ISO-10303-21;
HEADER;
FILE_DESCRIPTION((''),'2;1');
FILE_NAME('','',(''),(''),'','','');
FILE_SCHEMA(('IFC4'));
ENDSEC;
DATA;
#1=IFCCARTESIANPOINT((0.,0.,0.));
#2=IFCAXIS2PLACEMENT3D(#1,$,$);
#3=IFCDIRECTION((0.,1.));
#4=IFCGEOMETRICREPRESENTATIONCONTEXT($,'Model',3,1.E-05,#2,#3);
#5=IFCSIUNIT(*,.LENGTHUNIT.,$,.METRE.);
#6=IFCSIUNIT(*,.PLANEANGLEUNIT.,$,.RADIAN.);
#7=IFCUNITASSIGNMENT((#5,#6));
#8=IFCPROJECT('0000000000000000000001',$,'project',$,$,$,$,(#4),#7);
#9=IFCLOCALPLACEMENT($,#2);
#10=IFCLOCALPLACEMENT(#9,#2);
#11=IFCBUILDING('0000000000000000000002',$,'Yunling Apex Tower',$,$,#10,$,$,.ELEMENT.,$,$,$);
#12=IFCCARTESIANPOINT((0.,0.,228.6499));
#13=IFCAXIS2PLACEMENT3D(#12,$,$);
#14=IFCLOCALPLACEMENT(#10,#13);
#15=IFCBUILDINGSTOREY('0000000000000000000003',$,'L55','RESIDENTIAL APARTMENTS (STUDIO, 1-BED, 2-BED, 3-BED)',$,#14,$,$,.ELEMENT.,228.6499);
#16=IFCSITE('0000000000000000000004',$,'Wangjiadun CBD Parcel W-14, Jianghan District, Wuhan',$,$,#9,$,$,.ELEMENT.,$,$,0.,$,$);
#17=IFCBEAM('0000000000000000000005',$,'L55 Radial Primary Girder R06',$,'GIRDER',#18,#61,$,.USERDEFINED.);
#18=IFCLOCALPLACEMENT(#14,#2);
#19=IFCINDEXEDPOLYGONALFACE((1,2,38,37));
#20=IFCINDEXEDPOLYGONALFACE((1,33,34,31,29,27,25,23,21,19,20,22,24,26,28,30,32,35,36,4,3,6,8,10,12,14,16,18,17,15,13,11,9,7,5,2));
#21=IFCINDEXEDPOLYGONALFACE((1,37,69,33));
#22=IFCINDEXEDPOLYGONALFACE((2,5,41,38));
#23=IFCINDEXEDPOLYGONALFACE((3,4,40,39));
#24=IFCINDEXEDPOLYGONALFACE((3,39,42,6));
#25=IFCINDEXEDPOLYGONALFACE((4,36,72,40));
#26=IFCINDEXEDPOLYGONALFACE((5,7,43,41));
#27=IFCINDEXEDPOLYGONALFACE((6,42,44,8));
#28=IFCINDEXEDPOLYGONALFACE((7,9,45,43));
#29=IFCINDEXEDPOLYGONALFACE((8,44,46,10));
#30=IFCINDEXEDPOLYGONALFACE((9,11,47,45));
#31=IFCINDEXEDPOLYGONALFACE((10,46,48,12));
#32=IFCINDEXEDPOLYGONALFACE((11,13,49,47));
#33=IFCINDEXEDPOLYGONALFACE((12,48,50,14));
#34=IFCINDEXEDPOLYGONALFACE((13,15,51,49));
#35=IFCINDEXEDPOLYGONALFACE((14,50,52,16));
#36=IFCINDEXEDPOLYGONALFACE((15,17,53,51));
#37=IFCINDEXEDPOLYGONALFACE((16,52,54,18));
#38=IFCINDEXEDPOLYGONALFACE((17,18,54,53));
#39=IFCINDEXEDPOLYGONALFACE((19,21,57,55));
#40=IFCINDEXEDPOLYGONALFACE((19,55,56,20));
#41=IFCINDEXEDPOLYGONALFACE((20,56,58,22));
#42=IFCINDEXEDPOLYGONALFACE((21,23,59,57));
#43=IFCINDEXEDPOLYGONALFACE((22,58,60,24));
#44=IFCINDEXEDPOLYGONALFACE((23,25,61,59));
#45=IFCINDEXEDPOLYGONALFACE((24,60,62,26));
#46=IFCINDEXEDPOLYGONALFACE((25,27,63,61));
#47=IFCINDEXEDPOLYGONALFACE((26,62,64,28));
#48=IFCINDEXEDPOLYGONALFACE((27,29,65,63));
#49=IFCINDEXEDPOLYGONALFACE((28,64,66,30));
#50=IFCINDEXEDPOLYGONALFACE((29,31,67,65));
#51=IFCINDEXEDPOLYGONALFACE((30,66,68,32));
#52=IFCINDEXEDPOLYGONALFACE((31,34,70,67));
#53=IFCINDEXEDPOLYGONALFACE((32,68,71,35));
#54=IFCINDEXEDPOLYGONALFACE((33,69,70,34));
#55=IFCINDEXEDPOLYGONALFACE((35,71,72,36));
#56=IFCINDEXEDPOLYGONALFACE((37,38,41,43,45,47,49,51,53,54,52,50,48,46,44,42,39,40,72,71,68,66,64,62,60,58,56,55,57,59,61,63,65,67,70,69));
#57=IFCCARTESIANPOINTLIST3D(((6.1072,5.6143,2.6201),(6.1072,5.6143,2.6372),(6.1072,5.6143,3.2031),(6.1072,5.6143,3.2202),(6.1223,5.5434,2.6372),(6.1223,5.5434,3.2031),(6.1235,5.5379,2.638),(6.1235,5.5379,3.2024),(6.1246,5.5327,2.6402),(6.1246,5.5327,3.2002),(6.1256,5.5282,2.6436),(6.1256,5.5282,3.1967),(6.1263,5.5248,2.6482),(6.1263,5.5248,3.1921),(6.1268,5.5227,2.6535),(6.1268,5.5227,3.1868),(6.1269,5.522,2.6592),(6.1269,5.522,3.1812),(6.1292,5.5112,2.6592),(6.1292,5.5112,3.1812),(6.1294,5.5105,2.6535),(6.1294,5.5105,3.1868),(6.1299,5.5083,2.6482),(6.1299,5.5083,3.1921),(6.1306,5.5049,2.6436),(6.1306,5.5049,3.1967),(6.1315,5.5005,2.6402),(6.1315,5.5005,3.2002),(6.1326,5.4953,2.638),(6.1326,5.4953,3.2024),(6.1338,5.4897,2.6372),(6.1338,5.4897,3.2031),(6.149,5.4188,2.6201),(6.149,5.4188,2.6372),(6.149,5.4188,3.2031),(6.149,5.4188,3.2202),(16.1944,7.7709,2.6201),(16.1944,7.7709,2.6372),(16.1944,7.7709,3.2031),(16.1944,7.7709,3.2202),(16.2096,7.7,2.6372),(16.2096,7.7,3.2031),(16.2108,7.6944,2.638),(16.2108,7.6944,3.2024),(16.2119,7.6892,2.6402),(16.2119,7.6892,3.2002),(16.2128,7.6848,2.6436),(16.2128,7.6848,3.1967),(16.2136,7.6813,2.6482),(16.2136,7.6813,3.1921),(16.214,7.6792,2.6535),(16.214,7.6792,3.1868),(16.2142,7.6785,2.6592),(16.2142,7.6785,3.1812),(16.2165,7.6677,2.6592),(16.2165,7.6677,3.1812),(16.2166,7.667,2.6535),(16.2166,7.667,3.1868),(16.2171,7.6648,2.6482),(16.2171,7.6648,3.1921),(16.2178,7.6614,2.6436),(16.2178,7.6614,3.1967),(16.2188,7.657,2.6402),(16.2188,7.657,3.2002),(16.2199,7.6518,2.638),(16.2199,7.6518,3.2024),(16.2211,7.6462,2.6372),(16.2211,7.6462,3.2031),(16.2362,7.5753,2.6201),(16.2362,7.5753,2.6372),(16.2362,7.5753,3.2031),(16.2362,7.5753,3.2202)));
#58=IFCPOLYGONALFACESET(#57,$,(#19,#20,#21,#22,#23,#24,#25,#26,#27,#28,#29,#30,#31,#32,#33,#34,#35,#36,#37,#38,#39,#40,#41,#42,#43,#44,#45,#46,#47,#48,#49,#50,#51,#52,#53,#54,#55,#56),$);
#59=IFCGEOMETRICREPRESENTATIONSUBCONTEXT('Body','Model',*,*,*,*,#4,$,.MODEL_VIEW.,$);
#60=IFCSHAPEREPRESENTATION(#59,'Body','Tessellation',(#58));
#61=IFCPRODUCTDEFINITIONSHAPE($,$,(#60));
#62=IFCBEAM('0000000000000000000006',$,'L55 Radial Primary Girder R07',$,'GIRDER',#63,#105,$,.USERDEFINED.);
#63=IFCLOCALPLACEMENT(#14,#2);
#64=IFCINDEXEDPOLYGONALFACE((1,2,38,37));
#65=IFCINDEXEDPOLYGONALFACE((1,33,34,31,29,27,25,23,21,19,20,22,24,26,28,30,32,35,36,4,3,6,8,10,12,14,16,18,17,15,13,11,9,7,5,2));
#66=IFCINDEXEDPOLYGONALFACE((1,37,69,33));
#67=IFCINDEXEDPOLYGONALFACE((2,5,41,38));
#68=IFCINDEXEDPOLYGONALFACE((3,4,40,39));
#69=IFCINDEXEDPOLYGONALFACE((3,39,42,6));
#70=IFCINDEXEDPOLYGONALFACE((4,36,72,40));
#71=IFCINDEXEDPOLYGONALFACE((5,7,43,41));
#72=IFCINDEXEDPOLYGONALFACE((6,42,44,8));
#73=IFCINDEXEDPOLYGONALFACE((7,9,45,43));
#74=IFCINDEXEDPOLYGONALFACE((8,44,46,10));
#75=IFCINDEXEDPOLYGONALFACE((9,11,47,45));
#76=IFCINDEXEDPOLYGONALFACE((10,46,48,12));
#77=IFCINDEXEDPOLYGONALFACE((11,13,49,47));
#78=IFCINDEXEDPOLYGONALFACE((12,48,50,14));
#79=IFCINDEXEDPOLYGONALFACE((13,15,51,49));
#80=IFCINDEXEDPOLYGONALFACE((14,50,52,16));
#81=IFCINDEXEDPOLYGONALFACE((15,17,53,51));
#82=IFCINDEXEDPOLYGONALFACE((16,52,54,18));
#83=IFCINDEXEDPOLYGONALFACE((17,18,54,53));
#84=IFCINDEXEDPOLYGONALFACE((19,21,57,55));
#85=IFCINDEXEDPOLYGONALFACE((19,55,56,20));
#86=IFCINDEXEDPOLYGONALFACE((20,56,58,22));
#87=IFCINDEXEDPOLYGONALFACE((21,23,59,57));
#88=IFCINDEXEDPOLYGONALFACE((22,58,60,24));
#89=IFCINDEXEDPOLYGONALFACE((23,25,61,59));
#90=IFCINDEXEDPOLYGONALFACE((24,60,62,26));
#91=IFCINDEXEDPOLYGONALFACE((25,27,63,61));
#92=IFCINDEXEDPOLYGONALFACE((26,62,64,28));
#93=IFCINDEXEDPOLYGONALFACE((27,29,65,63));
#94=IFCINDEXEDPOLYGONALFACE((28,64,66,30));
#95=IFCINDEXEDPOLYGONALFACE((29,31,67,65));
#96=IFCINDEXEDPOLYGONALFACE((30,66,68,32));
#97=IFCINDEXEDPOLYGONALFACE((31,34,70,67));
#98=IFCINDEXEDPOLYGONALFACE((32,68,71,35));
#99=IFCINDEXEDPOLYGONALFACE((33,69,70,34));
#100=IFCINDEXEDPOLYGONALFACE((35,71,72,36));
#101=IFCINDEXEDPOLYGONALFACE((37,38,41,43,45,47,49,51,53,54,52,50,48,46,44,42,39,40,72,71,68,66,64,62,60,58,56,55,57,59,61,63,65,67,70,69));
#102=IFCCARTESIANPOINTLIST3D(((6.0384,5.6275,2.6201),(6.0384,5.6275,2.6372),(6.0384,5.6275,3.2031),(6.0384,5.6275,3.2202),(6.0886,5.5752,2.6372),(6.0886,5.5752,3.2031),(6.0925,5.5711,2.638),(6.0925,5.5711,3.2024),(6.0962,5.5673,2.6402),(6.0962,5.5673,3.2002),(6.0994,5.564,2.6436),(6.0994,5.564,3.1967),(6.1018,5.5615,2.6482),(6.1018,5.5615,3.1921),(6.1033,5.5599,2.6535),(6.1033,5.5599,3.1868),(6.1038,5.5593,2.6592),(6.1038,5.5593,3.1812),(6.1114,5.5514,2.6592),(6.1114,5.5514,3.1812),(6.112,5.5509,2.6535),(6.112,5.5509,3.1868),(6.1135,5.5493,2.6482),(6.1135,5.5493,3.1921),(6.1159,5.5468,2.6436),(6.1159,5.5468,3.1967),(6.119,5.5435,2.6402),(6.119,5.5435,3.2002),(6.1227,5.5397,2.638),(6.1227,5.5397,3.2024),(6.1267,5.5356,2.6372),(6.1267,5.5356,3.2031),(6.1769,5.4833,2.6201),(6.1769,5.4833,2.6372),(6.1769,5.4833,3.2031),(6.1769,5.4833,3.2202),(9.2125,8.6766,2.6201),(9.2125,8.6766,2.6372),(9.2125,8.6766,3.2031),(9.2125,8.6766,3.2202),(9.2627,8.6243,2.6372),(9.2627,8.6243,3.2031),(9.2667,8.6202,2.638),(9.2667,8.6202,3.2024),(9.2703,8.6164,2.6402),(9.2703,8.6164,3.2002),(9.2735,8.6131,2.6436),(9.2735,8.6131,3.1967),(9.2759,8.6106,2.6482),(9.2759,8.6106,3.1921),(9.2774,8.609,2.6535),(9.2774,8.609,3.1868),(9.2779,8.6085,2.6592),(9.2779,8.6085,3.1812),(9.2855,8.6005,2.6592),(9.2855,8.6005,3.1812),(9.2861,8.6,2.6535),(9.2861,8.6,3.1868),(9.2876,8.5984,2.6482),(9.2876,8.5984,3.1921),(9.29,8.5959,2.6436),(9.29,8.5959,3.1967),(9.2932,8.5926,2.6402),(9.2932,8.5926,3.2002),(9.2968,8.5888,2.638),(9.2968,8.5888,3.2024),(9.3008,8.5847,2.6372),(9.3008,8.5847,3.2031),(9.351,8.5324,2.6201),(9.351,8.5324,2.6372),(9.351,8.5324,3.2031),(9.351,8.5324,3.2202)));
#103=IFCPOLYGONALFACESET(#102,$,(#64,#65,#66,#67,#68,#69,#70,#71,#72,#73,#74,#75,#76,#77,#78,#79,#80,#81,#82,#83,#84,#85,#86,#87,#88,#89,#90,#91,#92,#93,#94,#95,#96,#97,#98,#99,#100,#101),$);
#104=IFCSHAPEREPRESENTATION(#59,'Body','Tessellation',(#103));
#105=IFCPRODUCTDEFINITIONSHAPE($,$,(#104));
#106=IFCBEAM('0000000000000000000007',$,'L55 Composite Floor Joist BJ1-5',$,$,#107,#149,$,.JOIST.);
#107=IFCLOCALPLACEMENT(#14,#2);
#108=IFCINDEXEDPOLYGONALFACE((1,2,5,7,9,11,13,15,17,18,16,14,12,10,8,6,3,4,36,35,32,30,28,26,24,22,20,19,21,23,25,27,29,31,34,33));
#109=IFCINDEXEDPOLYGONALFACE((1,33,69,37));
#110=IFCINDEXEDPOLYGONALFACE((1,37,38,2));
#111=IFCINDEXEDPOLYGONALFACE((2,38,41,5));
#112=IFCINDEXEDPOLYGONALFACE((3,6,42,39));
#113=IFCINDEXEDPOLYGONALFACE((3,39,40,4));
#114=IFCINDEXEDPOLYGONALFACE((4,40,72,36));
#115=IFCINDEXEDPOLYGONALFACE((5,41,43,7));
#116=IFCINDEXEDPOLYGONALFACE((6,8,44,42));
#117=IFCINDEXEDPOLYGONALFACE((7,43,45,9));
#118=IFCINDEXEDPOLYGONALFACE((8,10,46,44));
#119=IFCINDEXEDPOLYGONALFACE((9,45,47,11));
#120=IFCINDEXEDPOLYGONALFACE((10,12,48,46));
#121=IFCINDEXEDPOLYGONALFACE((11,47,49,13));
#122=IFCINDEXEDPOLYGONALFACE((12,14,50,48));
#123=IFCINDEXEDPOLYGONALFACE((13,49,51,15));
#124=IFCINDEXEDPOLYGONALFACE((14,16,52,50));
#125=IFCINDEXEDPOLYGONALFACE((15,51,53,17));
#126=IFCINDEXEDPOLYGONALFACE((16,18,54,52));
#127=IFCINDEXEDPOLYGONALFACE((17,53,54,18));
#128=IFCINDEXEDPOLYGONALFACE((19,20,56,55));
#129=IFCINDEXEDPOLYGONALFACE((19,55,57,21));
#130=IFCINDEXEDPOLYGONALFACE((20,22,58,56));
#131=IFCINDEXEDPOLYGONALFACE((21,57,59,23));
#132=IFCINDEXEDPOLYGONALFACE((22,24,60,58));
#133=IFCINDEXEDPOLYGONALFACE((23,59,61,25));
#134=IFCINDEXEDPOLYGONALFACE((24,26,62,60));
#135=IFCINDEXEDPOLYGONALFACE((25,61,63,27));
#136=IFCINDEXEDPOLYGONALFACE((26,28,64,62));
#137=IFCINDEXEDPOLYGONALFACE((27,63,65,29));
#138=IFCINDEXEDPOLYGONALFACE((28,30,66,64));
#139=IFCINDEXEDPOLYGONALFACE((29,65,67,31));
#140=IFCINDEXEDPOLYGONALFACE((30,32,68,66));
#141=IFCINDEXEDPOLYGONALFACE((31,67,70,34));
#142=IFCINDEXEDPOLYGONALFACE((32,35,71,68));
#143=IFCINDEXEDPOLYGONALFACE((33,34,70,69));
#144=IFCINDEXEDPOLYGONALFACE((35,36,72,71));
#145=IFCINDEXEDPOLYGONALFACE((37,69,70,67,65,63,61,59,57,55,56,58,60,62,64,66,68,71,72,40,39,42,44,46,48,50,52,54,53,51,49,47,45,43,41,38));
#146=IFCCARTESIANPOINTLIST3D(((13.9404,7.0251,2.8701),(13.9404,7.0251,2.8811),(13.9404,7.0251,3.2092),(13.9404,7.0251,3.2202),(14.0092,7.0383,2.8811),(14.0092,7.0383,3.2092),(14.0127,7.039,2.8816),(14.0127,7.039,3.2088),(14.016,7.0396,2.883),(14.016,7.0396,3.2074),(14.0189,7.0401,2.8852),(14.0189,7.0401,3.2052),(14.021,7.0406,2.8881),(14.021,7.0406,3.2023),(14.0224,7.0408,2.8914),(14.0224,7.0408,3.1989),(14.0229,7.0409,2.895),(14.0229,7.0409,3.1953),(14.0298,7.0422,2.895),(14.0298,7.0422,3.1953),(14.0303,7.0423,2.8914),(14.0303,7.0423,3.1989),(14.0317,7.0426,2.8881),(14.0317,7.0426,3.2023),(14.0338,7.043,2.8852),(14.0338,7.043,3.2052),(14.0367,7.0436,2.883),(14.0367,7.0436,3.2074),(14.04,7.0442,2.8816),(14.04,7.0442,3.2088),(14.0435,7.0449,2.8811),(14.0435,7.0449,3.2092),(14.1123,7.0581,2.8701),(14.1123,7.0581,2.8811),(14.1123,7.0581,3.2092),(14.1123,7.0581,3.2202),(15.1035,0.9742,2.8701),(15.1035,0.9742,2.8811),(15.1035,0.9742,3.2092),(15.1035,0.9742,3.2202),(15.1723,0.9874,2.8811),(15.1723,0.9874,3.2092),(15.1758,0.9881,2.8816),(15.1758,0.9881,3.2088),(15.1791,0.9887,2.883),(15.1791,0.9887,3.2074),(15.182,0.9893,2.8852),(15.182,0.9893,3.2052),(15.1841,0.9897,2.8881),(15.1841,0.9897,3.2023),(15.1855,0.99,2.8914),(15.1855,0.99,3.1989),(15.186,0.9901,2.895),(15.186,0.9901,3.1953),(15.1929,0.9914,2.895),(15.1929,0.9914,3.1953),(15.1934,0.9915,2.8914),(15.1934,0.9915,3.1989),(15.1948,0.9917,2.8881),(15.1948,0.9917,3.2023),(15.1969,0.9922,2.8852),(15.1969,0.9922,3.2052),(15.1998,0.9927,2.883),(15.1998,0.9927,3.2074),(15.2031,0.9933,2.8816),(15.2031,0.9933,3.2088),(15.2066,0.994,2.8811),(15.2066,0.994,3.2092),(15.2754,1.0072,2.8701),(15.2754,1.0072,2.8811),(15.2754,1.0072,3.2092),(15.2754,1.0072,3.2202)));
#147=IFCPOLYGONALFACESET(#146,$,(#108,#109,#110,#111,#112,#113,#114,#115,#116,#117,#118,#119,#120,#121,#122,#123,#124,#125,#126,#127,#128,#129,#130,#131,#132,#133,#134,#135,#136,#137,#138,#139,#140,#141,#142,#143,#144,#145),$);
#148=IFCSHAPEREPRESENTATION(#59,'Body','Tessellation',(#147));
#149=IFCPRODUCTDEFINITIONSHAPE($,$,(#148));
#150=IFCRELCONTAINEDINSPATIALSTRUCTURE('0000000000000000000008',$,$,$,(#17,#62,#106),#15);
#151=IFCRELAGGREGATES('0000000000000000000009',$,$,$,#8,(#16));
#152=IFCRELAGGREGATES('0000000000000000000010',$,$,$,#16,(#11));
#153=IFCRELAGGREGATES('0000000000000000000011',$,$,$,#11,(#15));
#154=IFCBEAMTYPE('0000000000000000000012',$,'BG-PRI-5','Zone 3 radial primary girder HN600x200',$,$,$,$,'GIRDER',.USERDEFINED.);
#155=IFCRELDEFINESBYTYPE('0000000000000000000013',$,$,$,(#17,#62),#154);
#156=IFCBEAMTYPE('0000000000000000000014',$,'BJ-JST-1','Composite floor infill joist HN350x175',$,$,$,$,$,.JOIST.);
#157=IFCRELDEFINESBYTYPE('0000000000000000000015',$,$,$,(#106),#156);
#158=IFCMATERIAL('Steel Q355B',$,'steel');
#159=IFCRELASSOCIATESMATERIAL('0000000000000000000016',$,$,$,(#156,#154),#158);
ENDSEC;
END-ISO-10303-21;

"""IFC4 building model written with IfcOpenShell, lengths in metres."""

from ifc_helpers import new_model, si_unit, direction, frame, origin, origin_2d, place, context, subcontext, project, spatial, i_section, extrude, source, transform, mapped, material, material_profile, profile_set, type_object, element, save


model = new_model("IFC4")

# Units and contexts
model_context = context("Model", 3, precision=1e-05, world=origin(), true_north=direction((0.0, 1.0)))
body_context = subcontext(model_context, "Body", "Model", "MODEL_VIEW")
ifc_project = project(units=[si_unit("LENGTHUNIT", "METRE"), si_unit("PLANEANGLEUNIT", "RADIAN")], contexts=[model_context])

# Site, building, storey
site_placement = place(None, origin())
site = spatial("IfcSite", under=ifc_project, at=site_placement, Name="Wangjiadun CBD Parcel W-14, Jianghan District, Wuhan", CompositionType="ELEMENT", RefElevation=0.0)
building_placement = place(site_placement, origin())
building = spatial("IfcBuilding", under=site, at=building_placement, Name="Yunling Apex Tower", CompositionType="ELEMENT")
storey_placement = place(building_placement, frame((0.0, 0.0, 228.6499)))
storey = spatial("IfcBuildingStorey", under=building, at=storey_placement, Name="L55", Description="RESIDENTIAL APARTMENTS (STUDIO, 1-BED, 2-BED, 3-BED)", CompositionType="ELEMENT", Elevation=228.6499)

# Beams
ifc_material_1 = material(Name="Steel Q355B", Category="steel")
ifc_material_profile_1 = material_profile(ifc_material_1, i_section(OverallWidth=0.175, OverallDepth=0.3501, WebThickness=0.0071, FlangeThickness=0.011, FilletRadius=0.0139, at=origin_2d()))
ifc_profile_set_1 = profile_set([ifc_material_profile_1], Name="Steel Q355B")
beam_type_1 = type_object("IfcBeamType", Name="BJ-JST-1", Description="Composite floor infill joist HN350x175", PredefinedType="JOIST", material=ifc_profile_set_1)
ifc_material_profile_2 = material_profile(ifc_material_1, i_section(OverallWidth=0.2, OverallDepth=0.6001, WebThickness=0.011, FlangeThickness=0.0171, FilletRadius=0.022, at=origin_2d()))
ifc_profile_set_2 = profile_set([ifc_material_profile_2], Name="Steel Q355B")
beam_type_2 = type_object("IfcBeamType", Name="BG-PRI-5", Description="Zone 3 radial primary girder HN600x200", ElementType="GIRDER", PredefinedType="USERDEFINED", material=ifc_profile_set_2)
shared_shape_1 = source(origin(), body_context, "Body", "SweptSolid", [
    extrude(i_section(OverallWidth=0.2, OverallDepth=0.6001, WebThickness=0.011, FlangeThickness=0.0171, FilletRadius=0.022, at=origin_2d()), origin(), (0.0, 0.0, 1.0), 10.3152),
])
beam_1_placement = place(storey_placement, frame((16.2153, 7.6731, 2.9202), z_axis=(-0.977902, -0.209062, 0.0), x_axis=(0.209062, -0.977902, 0.0)))
element("IfcBeam", 1, at=beam_1_placement, inside=storey, type_object=beam_type_2, Name="L55 Radial Primary Girder R06", ObjectType="GIRDER", PredefinedType="USERDEFINED", context=body_context, shape_type="MappedRepresentation", body=[
    mapped(shared_shape_1, transform((0.0, 0.0, 0.0), scale=1.0)),
])
shared_shape_2 = source(origin(), body_context, "Body", "SweptSolid", [
    extrude(i_section(OverallWidth=0.2, OverallDepth=0.6001, WebThickness=0.011, FlangeThickness=0.0171, FilletRadius=0.022, at=origin_2d()), origin(), (0.0, 0.0, 1.0), 4.4014),
])
beam_2_placement = place(storey_placement, frame((9.2817, 8.6045, 2.9202), z_axis=(-0.721164, -0.692764, 0.0), x_axis=(0.692764, -0.721164, 0.0)))
element("IfcBeam", 2, at=beam_2_placement, inside=storey, type_object=beam_type_2, Name="L55 Radial Primary Girder R07", ObjectType="GIRDER", PredefinedType="USERDEFINED", context=body_context, shape_type="MappedRepresentation", body=[
    mapped(shared_shape_2, transform((0.0, 0.0, 0.0), scale=1.0)),
])
shared_shape_3 = source(origin(), body_context, "Body", "SweptSolid", [
    extrude(i_section(OverallWidth=0.175, OverallDepth=0.3501, WebThickness=0.0071, FlangeThickness=0.011, FilletRadius=0.0139, at=origin_2d()), origin(), (0.0, 0.0, 1.0), 6.1616),
])
beam_3_placement = place(storey_placement, frame((15.1895, 0.9907, 3.0452), z_axis=(-0.188765, 0.982022, 0.0), x_axis=(-0.982022, -0.188765, 0.0)))
element("IfcBeam", 3, at=beam_3_placement, inside=storey, type_object=beam_type_1, Name="L55 Composite Floor Joist BJ1-5", PredefinedType="JOIST", context=body_context, shape_type="MappedRepresentation", body=[
    mapped(shared_shape_3, transform((0.0, 0.0, 0.0), scale=1.0)),
])

save(model, "model.ifc")
